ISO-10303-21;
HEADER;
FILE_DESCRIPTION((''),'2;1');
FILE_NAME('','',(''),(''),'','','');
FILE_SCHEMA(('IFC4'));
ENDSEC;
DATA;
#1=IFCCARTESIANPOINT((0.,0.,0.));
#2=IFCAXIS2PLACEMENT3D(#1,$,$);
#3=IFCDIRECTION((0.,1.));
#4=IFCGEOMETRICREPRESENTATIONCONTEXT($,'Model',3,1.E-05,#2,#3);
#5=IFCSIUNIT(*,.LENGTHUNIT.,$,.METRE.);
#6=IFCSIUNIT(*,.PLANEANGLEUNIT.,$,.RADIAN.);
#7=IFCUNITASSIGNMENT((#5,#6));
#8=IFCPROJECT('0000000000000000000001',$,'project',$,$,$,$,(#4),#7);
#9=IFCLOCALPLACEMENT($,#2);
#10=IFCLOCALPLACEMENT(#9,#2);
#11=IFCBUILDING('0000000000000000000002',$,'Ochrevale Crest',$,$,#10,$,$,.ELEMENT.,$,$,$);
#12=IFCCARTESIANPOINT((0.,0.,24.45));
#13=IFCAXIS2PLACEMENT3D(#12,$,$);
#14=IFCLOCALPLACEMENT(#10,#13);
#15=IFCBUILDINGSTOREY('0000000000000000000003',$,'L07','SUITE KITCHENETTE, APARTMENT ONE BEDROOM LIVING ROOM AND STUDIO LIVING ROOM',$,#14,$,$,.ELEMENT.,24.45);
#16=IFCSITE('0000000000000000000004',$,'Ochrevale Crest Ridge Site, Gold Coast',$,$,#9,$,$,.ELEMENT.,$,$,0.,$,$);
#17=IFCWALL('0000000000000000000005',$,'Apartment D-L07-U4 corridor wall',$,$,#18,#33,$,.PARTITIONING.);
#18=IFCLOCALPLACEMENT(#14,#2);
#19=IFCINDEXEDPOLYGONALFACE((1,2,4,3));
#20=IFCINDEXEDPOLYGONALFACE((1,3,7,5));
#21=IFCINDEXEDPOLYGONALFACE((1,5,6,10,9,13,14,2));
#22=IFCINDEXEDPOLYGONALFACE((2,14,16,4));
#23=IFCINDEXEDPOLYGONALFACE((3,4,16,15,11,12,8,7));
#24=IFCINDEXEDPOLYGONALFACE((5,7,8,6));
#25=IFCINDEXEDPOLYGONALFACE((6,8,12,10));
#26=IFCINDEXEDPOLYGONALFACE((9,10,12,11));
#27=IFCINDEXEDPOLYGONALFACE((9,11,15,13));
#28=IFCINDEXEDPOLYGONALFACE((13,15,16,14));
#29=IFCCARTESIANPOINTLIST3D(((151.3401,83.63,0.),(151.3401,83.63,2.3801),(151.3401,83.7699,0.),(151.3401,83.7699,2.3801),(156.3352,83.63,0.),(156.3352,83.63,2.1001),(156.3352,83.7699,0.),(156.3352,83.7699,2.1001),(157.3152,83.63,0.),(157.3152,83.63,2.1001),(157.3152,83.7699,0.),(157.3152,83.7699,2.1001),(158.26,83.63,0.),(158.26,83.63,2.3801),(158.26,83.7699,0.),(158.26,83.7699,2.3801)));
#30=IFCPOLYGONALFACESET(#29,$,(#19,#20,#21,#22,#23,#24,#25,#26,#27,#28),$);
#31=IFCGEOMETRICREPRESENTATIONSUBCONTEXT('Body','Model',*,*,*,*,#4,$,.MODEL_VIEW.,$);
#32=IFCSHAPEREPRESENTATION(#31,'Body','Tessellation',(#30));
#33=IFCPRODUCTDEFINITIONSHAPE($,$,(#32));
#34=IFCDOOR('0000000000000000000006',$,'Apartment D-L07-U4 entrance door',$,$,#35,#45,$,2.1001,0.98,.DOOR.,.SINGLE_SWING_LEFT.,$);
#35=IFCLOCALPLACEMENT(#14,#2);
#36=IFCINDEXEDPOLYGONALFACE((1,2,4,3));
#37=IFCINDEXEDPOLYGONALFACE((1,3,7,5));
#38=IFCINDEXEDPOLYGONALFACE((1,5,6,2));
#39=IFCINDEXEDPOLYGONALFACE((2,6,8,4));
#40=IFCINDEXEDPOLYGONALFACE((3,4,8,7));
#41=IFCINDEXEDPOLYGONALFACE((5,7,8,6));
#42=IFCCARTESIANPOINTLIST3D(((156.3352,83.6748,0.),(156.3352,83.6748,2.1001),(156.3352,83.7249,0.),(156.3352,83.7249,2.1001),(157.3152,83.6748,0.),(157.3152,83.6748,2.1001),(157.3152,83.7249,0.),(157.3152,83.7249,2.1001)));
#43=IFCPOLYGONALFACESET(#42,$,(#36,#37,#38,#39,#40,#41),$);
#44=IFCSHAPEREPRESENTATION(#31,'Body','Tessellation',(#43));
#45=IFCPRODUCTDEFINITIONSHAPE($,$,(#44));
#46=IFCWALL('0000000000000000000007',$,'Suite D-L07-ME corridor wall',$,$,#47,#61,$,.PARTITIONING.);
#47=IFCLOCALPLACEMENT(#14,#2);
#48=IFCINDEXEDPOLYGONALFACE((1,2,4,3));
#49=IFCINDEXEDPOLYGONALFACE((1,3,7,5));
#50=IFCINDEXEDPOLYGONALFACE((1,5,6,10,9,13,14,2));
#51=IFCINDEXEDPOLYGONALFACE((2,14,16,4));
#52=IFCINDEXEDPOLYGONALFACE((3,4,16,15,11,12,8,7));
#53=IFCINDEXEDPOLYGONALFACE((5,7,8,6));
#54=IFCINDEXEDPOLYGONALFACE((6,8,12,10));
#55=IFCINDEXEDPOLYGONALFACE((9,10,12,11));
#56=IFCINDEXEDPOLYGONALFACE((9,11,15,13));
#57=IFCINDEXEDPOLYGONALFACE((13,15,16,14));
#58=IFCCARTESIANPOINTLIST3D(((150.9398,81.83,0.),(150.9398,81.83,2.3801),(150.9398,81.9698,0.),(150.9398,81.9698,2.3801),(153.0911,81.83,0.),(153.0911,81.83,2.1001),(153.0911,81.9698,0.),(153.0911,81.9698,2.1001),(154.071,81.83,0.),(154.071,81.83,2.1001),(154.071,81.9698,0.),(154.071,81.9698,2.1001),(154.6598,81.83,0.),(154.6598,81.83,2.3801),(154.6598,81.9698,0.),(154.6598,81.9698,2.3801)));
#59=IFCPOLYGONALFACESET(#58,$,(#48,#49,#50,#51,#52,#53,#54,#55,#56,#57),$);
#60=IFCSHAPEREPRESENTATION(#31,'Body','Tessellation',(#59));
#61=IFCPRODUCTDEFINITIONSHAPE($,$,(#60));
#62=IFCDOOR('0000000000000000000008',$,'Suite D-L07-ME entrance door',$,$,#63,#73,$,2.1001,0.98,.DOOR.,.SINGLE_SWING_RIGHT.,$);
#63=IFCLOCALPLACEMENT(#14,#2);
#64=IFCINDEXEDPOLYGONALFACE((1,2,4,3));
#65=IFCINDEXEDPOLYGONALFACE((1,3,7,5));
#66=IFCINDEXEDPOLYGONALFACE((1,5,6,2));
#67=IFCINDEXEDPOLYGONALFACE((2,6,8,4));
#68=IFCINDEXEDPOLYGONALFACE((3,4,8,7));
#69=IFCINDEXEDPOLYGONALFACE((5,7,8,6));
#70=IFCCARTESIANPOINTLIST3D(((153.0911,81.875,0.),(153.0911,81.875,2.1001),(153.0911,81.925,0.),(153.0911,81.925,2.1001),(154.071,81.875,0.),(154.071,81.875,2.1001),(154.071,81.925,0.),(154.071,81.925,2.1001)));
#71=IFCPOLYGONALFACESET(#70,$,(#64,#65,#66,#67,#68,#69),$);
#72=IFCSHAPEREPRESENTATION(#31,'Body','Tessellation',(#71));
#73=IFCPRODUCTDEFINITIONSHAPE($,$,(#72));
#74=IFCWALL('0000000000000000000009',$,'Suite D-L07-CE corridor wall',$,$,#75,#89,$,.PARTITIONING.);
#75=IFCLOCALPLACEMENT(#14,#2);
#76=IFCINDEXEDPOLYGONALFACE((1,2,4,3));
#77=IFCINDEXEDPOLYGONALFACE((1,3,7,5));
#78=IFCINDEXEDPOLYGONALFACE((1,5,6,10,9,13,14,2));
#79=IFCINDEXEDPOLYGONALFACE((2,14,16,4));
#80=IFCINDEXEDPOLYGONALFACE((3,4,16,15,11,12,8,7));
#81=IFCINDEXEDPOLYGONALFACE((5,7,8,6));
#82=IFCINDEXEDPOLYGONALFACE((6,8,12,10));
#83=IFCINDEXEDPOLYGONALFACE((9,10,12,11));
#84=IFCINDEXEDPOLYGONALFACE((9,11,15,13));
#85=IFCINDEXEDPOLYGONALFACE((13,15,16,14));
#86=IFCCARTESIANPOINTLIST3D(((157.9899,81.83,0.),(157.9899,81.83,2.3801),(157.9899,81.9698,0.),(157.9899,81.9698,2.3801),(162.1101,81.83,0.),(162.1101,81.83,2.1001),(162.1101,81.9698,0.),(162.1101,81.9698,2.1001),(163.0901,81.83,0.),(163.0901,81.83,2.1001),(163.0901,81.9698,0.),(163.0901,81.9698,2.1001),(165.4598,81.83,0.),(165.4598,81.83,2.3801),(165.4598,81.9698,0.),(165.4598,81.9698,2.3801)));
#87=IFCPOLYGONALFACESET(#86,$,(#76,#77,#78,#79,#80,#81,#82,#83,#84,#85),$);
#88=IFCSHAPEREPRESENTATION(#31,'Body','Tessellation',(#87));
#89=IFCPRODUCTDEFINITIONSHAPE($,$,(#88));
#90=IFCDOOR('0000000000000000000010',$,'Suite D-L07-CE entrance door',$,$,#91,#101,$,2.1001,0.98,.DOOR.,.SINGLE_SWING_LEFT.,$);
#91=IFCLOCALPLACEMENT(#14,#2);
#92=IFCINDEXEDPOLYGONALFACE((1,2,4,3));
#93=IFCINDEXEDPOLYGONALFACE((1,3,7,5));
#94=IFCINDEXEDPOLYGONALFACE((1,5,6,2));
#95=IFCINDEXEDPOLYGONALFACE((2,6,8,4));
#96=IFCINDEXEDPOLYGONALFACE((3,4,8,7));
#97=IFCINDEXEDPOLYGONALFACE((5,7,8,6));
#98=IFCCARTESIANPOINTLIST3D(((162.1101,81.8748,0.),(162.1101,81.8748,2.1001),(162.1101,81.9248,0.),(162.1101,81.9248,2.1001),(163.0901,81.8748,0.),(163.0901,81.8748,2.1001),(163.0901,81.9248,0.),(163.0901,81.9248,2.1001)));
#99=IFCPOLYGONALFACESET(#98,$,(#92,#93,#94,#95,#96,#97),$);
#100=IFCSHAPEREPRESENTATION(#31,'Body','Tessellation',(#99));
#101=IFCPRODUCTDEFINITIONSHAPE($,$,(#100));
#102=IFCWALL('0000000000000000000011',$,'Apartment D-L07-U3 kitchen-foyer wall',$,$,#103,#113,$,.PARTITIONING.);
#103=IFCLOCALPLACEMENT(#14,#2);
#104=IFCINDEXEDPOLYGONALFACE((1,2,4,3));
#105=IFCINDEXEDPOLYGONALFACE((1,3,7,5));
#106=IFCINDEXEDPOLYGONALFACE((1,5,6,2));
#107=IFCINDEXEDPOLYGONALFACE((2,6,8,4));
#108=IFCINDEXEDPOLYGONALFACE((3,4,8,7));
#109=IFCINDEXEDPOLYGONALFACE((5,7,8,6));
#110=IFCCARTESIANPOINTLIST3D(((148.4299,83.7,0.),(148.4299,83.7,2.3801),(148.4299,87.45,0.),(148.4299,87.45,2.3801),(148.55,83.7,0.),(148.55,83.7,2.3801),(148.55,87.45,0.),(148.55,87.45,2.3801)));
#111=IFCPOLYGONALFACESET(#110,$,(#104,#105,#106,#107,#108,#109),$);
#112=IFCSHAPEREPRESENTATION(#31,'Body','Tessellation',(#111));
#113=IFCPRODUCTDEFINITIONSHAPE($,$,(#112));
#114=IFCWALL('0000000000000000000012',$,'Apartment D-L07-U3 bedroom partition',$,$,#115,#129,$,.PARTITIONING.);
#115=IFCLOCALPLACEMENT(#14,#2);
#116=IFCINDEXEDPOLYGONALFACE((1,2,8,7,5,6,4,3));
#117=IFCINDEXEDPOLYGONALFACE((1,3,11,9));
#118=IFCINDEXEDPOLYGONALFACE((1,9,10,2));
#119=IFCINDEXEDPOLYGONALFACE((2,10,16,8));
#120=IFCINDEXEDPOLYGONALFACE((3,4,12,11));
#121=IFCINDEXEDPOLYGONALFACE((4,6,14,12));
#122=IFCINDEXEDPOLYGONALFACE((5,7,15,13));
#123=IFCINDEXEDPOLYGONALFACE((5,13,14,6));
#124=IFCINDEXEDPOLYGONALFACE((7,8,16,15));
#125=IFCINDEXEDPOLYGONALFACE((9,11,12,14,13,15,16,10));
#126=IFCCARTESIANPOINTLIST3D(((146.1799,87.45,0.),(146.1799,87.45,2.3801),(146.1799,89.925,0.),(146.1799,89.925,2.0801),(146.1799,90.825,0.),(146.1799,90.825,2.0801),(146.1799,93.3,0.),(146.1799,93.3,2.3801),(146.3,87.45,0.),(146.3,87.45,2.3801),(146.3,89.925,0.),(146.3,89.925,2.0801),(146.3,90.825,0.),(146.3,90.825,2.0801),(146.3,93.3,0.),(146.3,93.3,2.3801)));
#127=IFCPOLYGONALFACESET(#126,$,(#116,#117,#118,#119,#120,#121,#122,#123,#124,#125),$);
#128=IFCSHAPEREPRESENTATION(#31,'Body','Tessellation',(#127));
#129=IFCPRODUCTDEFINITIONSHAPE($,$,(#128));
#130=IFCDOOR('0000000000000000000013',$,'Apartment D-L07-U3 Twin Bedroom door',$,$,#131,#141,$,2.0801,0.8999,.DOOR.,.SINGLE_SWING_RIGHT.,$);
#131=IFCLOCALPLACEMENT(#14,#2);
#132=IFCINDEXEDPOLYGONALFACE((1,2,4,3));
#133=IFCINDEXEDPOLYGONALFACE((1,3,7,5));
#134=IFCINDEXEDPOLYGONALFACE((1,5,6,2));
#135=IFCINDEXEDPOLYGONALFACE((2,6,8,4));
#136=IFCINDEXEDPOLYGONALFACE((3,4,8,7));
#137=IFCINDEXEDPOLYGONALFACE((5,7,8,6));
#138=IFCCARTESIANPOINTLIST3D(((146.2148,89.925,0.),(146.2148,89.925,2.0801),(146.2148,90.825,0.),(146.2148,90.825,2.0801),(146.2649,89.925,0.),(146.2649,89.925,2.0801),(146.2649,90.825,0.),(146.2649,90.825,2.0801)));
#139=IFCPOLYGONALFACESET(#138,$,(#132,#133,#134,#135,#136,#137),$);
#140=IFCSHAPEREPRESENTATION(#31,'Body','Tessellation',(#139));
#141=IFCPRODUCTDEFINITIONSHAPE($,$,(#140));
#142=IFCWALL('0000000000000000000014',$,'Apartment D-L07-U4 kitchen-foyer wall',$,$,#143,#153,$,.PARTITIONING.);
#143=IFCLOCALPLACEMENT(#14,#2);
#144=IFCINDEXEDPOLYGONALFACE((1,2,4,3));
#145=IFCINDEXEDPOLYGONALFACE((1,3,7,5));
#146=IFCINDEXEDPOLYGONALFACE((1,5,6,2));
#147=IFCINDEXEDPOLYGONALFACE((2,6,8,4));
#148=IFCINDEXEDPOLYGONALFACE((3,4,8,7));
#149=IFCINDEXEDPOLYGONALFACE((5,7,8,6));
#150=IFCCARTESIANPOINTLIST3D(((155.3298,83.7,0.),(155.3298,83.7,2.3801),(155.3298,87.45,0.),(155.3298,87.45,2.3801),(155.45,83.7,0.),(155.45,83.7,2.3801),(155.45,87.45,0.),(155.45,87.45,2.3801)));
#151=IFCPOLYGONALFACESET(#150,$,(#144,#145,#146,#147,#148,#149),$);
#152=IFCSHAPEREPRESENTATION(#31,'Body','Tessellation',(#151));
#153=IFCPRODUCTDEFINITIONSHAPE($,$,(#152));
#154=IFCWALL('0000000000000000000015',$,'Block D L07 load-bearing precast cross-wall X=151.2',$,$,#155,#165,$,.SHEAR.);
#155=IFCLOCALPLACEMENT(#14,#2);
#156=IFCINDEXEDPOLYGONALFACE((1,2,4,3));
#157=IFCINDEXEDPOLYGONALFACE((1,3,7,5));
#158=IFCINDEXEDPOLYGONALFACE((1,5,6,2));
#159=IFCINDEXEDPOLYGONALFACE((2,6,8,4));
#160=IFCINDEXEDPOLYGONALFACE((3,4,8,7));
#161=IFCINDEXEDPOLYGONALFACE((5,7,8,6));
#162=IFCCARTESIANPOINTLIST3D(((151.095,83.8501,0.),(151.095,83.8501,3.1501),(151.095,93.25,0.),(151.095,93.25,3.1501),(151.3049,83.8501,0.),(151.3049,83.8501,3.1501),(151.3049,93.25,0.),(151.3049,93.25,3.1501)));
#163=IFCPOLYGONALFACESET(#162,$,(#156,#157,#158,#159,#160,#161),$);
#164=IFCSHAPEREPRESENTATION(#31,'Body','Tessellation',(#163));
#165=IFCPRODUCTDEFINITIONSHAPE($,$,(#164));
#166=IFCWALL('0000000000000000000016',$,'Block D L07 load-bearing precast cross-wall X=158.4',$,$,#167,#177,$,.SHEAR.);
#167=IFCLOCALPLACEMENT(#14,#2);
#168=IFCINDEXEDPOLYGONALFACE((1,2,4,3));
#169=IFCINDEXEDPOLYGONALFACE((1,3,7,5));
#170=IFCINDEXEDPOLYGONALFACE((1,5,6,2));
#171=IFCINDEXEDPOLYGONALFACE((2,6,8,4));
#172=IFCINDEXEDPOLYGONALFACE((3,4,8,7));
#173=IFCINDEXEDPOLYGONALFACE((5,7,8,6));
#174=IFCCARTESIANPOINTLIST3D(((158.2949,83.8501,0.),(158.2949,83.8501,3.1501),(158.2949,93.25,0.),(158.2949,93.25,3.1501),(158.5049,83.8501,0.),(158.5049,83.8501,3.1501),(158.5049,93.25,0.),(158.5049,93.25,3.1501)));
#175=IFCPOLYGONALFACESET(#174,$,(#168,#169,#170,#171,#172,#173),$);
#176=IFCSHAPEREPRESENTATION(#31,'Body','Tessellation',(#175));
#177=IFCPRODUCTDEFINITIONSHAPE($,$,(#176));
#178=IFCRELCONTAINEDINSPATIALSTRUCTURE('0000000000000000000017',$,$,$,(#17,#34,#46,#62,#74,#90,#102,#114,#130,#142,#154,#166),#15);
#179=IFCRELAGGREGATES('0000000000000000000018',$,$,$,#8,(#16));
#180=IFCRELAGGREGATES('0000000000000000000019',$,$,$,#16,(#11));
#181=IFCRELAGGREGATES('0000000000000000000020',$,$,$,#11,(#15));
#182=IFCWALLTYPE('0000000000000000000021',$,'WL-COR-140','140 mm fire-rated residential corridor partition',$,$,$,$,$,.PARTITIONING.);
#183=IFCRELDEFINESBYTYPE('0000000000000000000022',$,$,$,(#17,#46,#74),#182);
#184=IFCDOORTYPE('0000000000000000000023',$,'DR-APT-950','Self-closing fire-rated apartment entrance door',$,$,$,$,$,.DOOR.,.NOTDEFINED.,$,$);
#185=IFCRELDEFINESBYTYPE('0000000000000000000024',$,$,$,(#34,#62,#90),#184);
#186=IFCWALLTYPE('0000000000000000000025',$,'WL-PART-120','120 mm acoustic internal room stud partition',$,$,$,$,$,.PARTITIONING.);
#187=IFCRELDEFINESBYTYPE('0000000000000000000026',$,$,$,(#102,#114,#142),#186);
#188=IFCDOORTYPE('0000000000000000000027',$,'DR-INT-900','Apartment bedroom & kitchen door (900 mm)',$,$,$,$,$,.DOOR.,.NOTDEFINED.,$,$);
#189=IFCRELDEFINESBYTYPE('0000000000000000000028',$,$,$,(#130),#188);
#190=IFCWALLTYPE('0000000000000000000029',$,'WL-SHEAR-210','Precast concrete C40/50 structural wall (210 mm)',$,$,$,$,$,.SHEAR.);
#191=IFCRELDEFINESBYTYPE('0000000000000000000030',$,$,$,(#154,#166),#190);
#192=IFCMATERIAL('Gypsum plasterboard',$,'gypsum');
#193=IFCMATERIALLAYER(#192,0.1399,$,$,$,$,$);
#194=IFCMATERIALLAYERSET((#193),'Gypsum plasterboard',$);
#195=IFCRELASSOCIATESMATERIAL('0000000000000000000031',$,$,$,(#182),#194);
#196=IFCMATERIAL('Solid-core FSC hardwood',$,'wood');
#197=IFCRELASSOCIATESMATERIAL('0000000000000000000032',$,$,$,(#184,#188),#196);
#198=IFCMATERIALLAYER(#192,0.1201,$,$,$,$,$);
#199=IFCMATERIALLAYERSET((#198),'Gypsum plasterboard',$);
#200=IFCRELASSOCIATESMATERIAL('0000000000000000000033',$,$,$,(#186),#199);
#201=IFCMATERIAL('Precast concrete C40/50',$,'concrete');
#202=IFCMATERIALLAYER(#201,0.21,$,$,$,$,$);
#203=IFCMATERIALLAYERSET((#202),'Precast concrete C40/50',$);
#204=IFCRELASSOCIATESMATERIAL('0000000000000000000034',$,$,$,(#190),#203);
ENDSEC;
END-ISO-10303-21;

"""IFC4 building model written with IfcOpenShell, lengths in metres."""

from ifc_helpers import new_model, si_unit, direction, frame, frame_2d, origin, place, context, subcontext, project, spatial, rectangle, extrude, material, layer, layer_set, type_object, element, fill, save


model = new_model("IFC4")

# Units and contexts
model_context = context("Model", 3, precision=1e-05, world=origin(), true_north=direction((0.0, 1.0)))
body_context = subcontext(model_context, "Body", "Model", "MODEL_VIEW")
ifc_project = project(units=[si_unit("LENGTHUNIT", "METRE"), si_unit("PLANEANGLEUNIT", "RADIAN")], contexts=[model_context])

# Site, building, storey
site_placement = place(None, origin())
site = spatial("IfcSite", under=ifc_project, at=site_placement, Name="Ochrevale Crest Ridge Site, Gold Coast", CompositionType="ELEMENT", RefElevation=0.0)
building_placement = place(site_placement, origin())
building = spatial("IfcBuilding", under=site, at=building_placement, Name="Ochrevale Crest", CompositionType="ELEMENT")
storey_placement = place(building_placement, frame((0.0, 0.0, 24.45)))
storey = spatial("IfcBuildingStorey", under=building, at=storey_placement, Name="L07", Description="SUITE KITCHENETTE, APARTMENT ONE BEDROOM LIVING ROOM AND STUDIO LIVING ROOM", CompositionType="ELEMENT", Elevation=24.45)

# Walls, openings, doors
ifc_material_1 = material(Name="Gypsum plasterboard", Category="gypsum")
ifc_layer_1 = layer(ifc_material_1, 0.1399)
ifc_layer_set_1 = layer_set([ifc_layer_1], Name="Gypsum plasterboard")
wall_type_1 = type_object("IfcWallType", Name="WL-COR-140", Description="140 mm fire-rated residential corridor partition", PredefinedType="PARTITIONING", material=ifc_layer_set_1)
wall_1_placement = place(storey_placement, frame((151.3401, 83.7, 0.0), z_axis=(0.0, 0.0, 1.0), x_axis=(1.0, 0.0, 0.0)))
wall_1 = element("IfcWall", 1, at=wall_1_placement, inside=storey, type_object=wall_type_1, Name="Apartment D-L07-U4 corridor wall", PredefinedType="PARTITIONING", context=body_context, shape_type="SweptSolid", body=[
    extrude(rectangle(XDim=6.9199, YDim=0.1399, at=frame_2d((3.46, 0.0))), origin(), (0.0, 0.0, 1.0), 2.3801),
])
opening_1_placement = place(wall_1_placement, frame((4.9951, 0.0, 0.0)))
opening_1 = element("IfcOpeningElement", 2, at=opening_1_placement, cuts=wall_1, PredefinedType="OPENING", context=body_context, shape_type="SweptSolid", body=[
    extrude(rectangle(XDim=0.98, YDim=2.1001, at=frame_2d((0.49, 1.05))), frame((0.0, 0.0801, 0.0), z_axis=(0.0, -1.0, 0.0), x_axis=(1.0, 0.0, 0.0)), (0.0, 0.0, 1.0), 0.1599),
])
ifc_material_2 = material(Name="Solid-core FSC hardwood", Category="wood")
door_type_1 = type_object("IfcDoorType", Name="DR-APT-950", Description="Self-closing fire-rated apartment entrance door", OperationType="NOTDEFINED", PredefinedType="DOOR", material=ifc_material_2)
door_1_placement = place(opening_1_placement, origin())
door_1 = element("IfcDoor", 3, at=door_1_placement, inside=storey, type_object=door_type_1, Name="Apartment D-L07-U4 entrance door", OperationType="SINGLE_SWING_LEFT", OverallHeight=2.1001, OverallWidth=0.98, PredefinedType="DOOR", context=body_context, shape_type="SweptSolid", body=[
    extrude(rectangle(XDim=0.98, YDim=2.1001, at=frame_2d((0.49, 1.05))), frame((0.0, 0.0249, 0.0), z_axis=(0.0, -1.0, 0.0), x_axis=(1.0, 0.0, 0.0)), (0.0, 0.0, 1.0), 0.05),
])
fill(opening_1, door_1)
wall_2_placement = place(storey_placement, frame((150.9399, 81.8999, 0.0), z_axis=(0.0, 0.0, 1.0), x_axis=(1.0, 0.0, 0.0)))
wall_2 = element("IfcWall", 4, at=wall_2_placement, inside=storey, type_object=wall_type_1, Name="Suite D-L07-ME corridor wall", PredefinedType="PARTITIONING", context=body_context, shape_type="SweptSolid", body=[
    extrude(rectangle(XDim=3.72, YDim=0.1399, at=frame_2d((1.8599, 0.0))), origin(), (0.0, 0.0, 1.0), 2.3801),
])
opening_2_placement = place(wall_2_placement, frame((3.1311, 0.0, 0.0), z_axis=(0.0, 0.0, 1.0), x_axis=(-1.0, 0.0, 0.0)))
opening_2 = element("IfcOpeningElement", 5, at=opening_2_placement, cuts=wall_2, PredefinedType="OPENING", context=body_context, shape_type="SweptSolid", body=[
    extrude(rectangle(XDim=0.98, YDim=2.1001, at=frame_2d((0.49, 1.05))), frame((0.0, 0.0801, 0.0), z_axis=(0.0, -1.0, 0.0), x_axis=(1.0, 0.0, 0.0)), (0.0, 0.0, 1.0), 0.1599),
])
door_2_placement = place(opening_2_placement, origin())
door_2 = element("IfcDoor", 6, at=door_2_placement, inside=storey, type_object=door_type_1, Name="Suite D-L07-ME entrance door", OperationType="SINGLE_SWING_RIGHT", OverallHeight=2.1001, OverallWidth=0.98, PredefinedType="DOOR", context=body_context, shape_type="SweptSolid", body=[
    extrude(rectangle(XDim=0.98, YDim=2.1001, at=frame_2d((0.49, 1.05))), frame((0.0, 0.0249, 0.0), z_axis=(0.0, -1.0, 0.0), x_axis=(1.0, 0.0, 0.0)), (0.0, 0.0, 1.0), 0.05),
])
fill(opening_2, door_2)
wall_3_placement = place(storey_placement, frame((157.99, 81.8999, 0.0), z_axis=(0.0, 0.0, 1.0), x_axis=(1.0, 0.0, 0.0)))
wall_3 = element("IfcWall", 7, at=wall_3_placement, inside=storey, type_object=wall_type_1, Name="Suite D-L07-CE corridor wall", PredefinedType="PARTITIONING", context=body_context, shape_type="SweptSolid", body=[
    extrude(rectangle(XDim=7.47, YDim=0.1399, at=frame_2d((3.7349, 0.0))), origin(), (0.0, 0.0, 1.0), 2.3801),
])
opening_3_placement = place(wall_3_placement, frame((4.1201, 0.0, 0.0)))
opening_3 = element("IfcOpeningElement", 8, at=opening_3_placement, cuts=wall_3, PredefinedType="OPENING", context=body_context, shape_type="SweptSolid", body=[
    extrude(rectangle(XDim=0.98, YDim=2.1001, at=frame_2d((0.49, 1.05))), frame((0.0, 0.0801, 0.0), z_axis=(0.0, -1.0, 0.0), x_axis=(1.0, 0.0, 0.0)), (0.0, 0.0, 1.0), 0.1599),
])
door_3_placement = place(opening_3_placement, origin())
door_3 = element("IfcDoor", 9, at=door_3_placement, inside=storey, type_object=door_type_1, Name="Suite D-L07-CE entrance door", OperationType="SINGLE_SWING_LEFT", OverallHeight=2.1001, OverallWidth=0.98, PredefinedType="DOOR", context=body_context, shape_type="SweptSolid", body=[
    extrude(rectangle(XDim=0.98, YDim=2.1001, at=frame_2d((0.49, 1.05))), frame((0.0, 0.0249, 0.0), z_axis=(0.0, -1.0, 0.0), x_axis=(1.0, 0.0, 0.0)), (0.0, 0.0, 1.0), 0.05),
])
fill(opening_3, door_3)

# Wall
ifc_layer_2 = layer(ifc_material_1, 0.1201)
ifc_layer_set_2 = layer_set([ifc_layer_2], Name="Gypsum plasterboard")
wall_type_2 = type_object("IfcWallType", Name="WL-PART-120", Description="120 mm acoustic internal room stud partition", PredefinedType="PARTITIONING", material=ifc_layer_set_2)
wall_4_placement = place(storey_placement, frame((148.49, 83.7, 0.0), z_axis=(0.0, 0.0, 1.0), x_axis=(0.0, 1.0, 0.0)))
element("IfcWall", 10, at=wall_4_placement, inside=storey, type_object=wall_type_2, Name="Apartment D-L07-U3 kitchen-foyer wall", PredefinedType="PARTITIONING", context=body_context, shape_type="SweptSolid", body=[
    extrude(rectangle(XDim=3.75, YDim=0.1201, at=frame_2d((1.875, 0.0))), origin(), (0.0, 0.0, 1.0), 2.3801),
])

# Wall, opening, door
wall_5_placement = place(storey_placement, frame((146.24, 87.45, 0.0), z_axis=(0.0, 0.0, 1.0), x_axis=(0.0, 1.0, 0.0)))
wall_5 = element("IfcWall", 11, at=wall_5_placement, inside=storey, type_object=wall_type_2, Name="Apartment D-L07-U3 bedroom partition", PredefinedType="PARTITIONING", context=body_context, shape_type="SweptSolid", body=[
    extrude(rectangle(XDim=5.8501, YDim=0.1201, at=frame_2d((2.925, 0.0))), origin(), (0.0, 0.0, 1.0), 2.3801),
])
opening_4_placement = place(wall_5_placement, frame((3.375, 0.0, 0.0), z_axis=(0.0, 0.0, 1.0), x_axis=(-1.0, 0.0, 0.0)))
opening_4 = element("IfcOpeningElement", 12, at=opening_4_placement, cuts=wall_5, PredefinedType="OPENING", context=body_context, shape_type="SweptSolid", body=[
    extrude(rectangle(XDim=0.8999, YDim=2.0801, at=frame_2d((0.45, 1.04))), frame((0.0, 0.0701, 0.0), z_axis=(0.0, -1.0, 0.0), x_axis=(1.0, 0.0, 0.0)), (0.0, 0.0, 1.0), 0.1401),
])
door_type_2 = type_object("IfcDoorType", Name="DR-INT-900", Description="Apartment bedroom & kitchen door (900 mm)", OperationType="NOTDEFINED", PredefinedType="DOOR", material=ifc_material_2)
door_4_placement = place(opening_4_placement, origin())
door_4 = element("IfcDoor", 13, at=door_4_placement, inside=storey, type_object=door_type_2, Name="Apartment D-L07-U3 Twin Bedroom door", OperationType="SINGLE_SWING_RIGHT", OverallHeight=2.0801, OverallWidth=0.8999, PredefinedType="DOOR", context=body_context, shape_type="SweptSolid", body=[
    extrude(rectangle(XDim=0.8999, YDim=2.0801, at=frame_2d((0.45, 1.04))), frame((0.0, 0.0249, 0.0), z_axis=(0.0, -1.0, 0.0), x_axis=(1.0, 0.0, 0.0)), (0.0, 0.0, 1.0), 0.05),
])
fill(opening_4, door_4)

# Walls
wall_6_placement = place(storey_placement, frame((155.3899, 83.7, 0.0), z_axis=(0.0, 0.0, 1.0), x_axis=(0.0, 1.0, 0.0)))
element("IfcWall", 14, at=wall_6_placement, inside=storey, type_object=wall_type_2, Name="Apartment D-L07-U4 kitchen-foyer wall", PredefinedType="PARTITIONING", context=body_context, shape_type="SweptSolid", body=[
    extrude(rectangle(XDim=3.75, YDim=0.1201, at=frame_2d((1.875, 0.0))), origin(), (0.0, 0.0, 1.0), 2.3801),
])
ifc_material_3 = material(Name="Precast concrete C40/50", Category="concrete")
ifc_layer_3 = layer(ifc_material_3, 0.21)
ifc_layer_set_3 = layer_set([ifc_layer_3], Name="Precast concrete C40/50")
wall_type_3 = type_object("IfcWallType", Name="WL-SHEAR-210", Description="Precast concrete C40/50 structural wall (210 mm)", PredefinedType="SHEAR", material=ifc_layer_set_3)
for number, where, z_axis, x_axis, name in (
    (15, (151.2, 83.8501, 0.0), (0.0, 0.0, 1.0), (0.0, 1.0, 0.0), "Block D L07 load-bearing precast cross-wall X=151.2"),
    (16, (158.3999, 83.8501, 0.0), (0.0, 0.0, 1.0), (0.0, 1.0, 0.0), "Block D L07 load-bearing precast cross-wall X=158.4"),
):
    element("IfcWall", number, at=place(storey_placement, frame(where, z_axis=z_axis, x_axis=x_axis)), inside=storey, type_object=wall_type_3, Name=name, PredefinedType="SHEAR", context=body_context, shape_type="SweptSolid", body=[
        extrude(rectangle(XDim=9.3999, YDim=0.21, at=frame_2d((4.7, 0.0))), origin(), (0.0, 0.0, 1.0), 3.1501),
    ])

save(model, "model.ifc")
